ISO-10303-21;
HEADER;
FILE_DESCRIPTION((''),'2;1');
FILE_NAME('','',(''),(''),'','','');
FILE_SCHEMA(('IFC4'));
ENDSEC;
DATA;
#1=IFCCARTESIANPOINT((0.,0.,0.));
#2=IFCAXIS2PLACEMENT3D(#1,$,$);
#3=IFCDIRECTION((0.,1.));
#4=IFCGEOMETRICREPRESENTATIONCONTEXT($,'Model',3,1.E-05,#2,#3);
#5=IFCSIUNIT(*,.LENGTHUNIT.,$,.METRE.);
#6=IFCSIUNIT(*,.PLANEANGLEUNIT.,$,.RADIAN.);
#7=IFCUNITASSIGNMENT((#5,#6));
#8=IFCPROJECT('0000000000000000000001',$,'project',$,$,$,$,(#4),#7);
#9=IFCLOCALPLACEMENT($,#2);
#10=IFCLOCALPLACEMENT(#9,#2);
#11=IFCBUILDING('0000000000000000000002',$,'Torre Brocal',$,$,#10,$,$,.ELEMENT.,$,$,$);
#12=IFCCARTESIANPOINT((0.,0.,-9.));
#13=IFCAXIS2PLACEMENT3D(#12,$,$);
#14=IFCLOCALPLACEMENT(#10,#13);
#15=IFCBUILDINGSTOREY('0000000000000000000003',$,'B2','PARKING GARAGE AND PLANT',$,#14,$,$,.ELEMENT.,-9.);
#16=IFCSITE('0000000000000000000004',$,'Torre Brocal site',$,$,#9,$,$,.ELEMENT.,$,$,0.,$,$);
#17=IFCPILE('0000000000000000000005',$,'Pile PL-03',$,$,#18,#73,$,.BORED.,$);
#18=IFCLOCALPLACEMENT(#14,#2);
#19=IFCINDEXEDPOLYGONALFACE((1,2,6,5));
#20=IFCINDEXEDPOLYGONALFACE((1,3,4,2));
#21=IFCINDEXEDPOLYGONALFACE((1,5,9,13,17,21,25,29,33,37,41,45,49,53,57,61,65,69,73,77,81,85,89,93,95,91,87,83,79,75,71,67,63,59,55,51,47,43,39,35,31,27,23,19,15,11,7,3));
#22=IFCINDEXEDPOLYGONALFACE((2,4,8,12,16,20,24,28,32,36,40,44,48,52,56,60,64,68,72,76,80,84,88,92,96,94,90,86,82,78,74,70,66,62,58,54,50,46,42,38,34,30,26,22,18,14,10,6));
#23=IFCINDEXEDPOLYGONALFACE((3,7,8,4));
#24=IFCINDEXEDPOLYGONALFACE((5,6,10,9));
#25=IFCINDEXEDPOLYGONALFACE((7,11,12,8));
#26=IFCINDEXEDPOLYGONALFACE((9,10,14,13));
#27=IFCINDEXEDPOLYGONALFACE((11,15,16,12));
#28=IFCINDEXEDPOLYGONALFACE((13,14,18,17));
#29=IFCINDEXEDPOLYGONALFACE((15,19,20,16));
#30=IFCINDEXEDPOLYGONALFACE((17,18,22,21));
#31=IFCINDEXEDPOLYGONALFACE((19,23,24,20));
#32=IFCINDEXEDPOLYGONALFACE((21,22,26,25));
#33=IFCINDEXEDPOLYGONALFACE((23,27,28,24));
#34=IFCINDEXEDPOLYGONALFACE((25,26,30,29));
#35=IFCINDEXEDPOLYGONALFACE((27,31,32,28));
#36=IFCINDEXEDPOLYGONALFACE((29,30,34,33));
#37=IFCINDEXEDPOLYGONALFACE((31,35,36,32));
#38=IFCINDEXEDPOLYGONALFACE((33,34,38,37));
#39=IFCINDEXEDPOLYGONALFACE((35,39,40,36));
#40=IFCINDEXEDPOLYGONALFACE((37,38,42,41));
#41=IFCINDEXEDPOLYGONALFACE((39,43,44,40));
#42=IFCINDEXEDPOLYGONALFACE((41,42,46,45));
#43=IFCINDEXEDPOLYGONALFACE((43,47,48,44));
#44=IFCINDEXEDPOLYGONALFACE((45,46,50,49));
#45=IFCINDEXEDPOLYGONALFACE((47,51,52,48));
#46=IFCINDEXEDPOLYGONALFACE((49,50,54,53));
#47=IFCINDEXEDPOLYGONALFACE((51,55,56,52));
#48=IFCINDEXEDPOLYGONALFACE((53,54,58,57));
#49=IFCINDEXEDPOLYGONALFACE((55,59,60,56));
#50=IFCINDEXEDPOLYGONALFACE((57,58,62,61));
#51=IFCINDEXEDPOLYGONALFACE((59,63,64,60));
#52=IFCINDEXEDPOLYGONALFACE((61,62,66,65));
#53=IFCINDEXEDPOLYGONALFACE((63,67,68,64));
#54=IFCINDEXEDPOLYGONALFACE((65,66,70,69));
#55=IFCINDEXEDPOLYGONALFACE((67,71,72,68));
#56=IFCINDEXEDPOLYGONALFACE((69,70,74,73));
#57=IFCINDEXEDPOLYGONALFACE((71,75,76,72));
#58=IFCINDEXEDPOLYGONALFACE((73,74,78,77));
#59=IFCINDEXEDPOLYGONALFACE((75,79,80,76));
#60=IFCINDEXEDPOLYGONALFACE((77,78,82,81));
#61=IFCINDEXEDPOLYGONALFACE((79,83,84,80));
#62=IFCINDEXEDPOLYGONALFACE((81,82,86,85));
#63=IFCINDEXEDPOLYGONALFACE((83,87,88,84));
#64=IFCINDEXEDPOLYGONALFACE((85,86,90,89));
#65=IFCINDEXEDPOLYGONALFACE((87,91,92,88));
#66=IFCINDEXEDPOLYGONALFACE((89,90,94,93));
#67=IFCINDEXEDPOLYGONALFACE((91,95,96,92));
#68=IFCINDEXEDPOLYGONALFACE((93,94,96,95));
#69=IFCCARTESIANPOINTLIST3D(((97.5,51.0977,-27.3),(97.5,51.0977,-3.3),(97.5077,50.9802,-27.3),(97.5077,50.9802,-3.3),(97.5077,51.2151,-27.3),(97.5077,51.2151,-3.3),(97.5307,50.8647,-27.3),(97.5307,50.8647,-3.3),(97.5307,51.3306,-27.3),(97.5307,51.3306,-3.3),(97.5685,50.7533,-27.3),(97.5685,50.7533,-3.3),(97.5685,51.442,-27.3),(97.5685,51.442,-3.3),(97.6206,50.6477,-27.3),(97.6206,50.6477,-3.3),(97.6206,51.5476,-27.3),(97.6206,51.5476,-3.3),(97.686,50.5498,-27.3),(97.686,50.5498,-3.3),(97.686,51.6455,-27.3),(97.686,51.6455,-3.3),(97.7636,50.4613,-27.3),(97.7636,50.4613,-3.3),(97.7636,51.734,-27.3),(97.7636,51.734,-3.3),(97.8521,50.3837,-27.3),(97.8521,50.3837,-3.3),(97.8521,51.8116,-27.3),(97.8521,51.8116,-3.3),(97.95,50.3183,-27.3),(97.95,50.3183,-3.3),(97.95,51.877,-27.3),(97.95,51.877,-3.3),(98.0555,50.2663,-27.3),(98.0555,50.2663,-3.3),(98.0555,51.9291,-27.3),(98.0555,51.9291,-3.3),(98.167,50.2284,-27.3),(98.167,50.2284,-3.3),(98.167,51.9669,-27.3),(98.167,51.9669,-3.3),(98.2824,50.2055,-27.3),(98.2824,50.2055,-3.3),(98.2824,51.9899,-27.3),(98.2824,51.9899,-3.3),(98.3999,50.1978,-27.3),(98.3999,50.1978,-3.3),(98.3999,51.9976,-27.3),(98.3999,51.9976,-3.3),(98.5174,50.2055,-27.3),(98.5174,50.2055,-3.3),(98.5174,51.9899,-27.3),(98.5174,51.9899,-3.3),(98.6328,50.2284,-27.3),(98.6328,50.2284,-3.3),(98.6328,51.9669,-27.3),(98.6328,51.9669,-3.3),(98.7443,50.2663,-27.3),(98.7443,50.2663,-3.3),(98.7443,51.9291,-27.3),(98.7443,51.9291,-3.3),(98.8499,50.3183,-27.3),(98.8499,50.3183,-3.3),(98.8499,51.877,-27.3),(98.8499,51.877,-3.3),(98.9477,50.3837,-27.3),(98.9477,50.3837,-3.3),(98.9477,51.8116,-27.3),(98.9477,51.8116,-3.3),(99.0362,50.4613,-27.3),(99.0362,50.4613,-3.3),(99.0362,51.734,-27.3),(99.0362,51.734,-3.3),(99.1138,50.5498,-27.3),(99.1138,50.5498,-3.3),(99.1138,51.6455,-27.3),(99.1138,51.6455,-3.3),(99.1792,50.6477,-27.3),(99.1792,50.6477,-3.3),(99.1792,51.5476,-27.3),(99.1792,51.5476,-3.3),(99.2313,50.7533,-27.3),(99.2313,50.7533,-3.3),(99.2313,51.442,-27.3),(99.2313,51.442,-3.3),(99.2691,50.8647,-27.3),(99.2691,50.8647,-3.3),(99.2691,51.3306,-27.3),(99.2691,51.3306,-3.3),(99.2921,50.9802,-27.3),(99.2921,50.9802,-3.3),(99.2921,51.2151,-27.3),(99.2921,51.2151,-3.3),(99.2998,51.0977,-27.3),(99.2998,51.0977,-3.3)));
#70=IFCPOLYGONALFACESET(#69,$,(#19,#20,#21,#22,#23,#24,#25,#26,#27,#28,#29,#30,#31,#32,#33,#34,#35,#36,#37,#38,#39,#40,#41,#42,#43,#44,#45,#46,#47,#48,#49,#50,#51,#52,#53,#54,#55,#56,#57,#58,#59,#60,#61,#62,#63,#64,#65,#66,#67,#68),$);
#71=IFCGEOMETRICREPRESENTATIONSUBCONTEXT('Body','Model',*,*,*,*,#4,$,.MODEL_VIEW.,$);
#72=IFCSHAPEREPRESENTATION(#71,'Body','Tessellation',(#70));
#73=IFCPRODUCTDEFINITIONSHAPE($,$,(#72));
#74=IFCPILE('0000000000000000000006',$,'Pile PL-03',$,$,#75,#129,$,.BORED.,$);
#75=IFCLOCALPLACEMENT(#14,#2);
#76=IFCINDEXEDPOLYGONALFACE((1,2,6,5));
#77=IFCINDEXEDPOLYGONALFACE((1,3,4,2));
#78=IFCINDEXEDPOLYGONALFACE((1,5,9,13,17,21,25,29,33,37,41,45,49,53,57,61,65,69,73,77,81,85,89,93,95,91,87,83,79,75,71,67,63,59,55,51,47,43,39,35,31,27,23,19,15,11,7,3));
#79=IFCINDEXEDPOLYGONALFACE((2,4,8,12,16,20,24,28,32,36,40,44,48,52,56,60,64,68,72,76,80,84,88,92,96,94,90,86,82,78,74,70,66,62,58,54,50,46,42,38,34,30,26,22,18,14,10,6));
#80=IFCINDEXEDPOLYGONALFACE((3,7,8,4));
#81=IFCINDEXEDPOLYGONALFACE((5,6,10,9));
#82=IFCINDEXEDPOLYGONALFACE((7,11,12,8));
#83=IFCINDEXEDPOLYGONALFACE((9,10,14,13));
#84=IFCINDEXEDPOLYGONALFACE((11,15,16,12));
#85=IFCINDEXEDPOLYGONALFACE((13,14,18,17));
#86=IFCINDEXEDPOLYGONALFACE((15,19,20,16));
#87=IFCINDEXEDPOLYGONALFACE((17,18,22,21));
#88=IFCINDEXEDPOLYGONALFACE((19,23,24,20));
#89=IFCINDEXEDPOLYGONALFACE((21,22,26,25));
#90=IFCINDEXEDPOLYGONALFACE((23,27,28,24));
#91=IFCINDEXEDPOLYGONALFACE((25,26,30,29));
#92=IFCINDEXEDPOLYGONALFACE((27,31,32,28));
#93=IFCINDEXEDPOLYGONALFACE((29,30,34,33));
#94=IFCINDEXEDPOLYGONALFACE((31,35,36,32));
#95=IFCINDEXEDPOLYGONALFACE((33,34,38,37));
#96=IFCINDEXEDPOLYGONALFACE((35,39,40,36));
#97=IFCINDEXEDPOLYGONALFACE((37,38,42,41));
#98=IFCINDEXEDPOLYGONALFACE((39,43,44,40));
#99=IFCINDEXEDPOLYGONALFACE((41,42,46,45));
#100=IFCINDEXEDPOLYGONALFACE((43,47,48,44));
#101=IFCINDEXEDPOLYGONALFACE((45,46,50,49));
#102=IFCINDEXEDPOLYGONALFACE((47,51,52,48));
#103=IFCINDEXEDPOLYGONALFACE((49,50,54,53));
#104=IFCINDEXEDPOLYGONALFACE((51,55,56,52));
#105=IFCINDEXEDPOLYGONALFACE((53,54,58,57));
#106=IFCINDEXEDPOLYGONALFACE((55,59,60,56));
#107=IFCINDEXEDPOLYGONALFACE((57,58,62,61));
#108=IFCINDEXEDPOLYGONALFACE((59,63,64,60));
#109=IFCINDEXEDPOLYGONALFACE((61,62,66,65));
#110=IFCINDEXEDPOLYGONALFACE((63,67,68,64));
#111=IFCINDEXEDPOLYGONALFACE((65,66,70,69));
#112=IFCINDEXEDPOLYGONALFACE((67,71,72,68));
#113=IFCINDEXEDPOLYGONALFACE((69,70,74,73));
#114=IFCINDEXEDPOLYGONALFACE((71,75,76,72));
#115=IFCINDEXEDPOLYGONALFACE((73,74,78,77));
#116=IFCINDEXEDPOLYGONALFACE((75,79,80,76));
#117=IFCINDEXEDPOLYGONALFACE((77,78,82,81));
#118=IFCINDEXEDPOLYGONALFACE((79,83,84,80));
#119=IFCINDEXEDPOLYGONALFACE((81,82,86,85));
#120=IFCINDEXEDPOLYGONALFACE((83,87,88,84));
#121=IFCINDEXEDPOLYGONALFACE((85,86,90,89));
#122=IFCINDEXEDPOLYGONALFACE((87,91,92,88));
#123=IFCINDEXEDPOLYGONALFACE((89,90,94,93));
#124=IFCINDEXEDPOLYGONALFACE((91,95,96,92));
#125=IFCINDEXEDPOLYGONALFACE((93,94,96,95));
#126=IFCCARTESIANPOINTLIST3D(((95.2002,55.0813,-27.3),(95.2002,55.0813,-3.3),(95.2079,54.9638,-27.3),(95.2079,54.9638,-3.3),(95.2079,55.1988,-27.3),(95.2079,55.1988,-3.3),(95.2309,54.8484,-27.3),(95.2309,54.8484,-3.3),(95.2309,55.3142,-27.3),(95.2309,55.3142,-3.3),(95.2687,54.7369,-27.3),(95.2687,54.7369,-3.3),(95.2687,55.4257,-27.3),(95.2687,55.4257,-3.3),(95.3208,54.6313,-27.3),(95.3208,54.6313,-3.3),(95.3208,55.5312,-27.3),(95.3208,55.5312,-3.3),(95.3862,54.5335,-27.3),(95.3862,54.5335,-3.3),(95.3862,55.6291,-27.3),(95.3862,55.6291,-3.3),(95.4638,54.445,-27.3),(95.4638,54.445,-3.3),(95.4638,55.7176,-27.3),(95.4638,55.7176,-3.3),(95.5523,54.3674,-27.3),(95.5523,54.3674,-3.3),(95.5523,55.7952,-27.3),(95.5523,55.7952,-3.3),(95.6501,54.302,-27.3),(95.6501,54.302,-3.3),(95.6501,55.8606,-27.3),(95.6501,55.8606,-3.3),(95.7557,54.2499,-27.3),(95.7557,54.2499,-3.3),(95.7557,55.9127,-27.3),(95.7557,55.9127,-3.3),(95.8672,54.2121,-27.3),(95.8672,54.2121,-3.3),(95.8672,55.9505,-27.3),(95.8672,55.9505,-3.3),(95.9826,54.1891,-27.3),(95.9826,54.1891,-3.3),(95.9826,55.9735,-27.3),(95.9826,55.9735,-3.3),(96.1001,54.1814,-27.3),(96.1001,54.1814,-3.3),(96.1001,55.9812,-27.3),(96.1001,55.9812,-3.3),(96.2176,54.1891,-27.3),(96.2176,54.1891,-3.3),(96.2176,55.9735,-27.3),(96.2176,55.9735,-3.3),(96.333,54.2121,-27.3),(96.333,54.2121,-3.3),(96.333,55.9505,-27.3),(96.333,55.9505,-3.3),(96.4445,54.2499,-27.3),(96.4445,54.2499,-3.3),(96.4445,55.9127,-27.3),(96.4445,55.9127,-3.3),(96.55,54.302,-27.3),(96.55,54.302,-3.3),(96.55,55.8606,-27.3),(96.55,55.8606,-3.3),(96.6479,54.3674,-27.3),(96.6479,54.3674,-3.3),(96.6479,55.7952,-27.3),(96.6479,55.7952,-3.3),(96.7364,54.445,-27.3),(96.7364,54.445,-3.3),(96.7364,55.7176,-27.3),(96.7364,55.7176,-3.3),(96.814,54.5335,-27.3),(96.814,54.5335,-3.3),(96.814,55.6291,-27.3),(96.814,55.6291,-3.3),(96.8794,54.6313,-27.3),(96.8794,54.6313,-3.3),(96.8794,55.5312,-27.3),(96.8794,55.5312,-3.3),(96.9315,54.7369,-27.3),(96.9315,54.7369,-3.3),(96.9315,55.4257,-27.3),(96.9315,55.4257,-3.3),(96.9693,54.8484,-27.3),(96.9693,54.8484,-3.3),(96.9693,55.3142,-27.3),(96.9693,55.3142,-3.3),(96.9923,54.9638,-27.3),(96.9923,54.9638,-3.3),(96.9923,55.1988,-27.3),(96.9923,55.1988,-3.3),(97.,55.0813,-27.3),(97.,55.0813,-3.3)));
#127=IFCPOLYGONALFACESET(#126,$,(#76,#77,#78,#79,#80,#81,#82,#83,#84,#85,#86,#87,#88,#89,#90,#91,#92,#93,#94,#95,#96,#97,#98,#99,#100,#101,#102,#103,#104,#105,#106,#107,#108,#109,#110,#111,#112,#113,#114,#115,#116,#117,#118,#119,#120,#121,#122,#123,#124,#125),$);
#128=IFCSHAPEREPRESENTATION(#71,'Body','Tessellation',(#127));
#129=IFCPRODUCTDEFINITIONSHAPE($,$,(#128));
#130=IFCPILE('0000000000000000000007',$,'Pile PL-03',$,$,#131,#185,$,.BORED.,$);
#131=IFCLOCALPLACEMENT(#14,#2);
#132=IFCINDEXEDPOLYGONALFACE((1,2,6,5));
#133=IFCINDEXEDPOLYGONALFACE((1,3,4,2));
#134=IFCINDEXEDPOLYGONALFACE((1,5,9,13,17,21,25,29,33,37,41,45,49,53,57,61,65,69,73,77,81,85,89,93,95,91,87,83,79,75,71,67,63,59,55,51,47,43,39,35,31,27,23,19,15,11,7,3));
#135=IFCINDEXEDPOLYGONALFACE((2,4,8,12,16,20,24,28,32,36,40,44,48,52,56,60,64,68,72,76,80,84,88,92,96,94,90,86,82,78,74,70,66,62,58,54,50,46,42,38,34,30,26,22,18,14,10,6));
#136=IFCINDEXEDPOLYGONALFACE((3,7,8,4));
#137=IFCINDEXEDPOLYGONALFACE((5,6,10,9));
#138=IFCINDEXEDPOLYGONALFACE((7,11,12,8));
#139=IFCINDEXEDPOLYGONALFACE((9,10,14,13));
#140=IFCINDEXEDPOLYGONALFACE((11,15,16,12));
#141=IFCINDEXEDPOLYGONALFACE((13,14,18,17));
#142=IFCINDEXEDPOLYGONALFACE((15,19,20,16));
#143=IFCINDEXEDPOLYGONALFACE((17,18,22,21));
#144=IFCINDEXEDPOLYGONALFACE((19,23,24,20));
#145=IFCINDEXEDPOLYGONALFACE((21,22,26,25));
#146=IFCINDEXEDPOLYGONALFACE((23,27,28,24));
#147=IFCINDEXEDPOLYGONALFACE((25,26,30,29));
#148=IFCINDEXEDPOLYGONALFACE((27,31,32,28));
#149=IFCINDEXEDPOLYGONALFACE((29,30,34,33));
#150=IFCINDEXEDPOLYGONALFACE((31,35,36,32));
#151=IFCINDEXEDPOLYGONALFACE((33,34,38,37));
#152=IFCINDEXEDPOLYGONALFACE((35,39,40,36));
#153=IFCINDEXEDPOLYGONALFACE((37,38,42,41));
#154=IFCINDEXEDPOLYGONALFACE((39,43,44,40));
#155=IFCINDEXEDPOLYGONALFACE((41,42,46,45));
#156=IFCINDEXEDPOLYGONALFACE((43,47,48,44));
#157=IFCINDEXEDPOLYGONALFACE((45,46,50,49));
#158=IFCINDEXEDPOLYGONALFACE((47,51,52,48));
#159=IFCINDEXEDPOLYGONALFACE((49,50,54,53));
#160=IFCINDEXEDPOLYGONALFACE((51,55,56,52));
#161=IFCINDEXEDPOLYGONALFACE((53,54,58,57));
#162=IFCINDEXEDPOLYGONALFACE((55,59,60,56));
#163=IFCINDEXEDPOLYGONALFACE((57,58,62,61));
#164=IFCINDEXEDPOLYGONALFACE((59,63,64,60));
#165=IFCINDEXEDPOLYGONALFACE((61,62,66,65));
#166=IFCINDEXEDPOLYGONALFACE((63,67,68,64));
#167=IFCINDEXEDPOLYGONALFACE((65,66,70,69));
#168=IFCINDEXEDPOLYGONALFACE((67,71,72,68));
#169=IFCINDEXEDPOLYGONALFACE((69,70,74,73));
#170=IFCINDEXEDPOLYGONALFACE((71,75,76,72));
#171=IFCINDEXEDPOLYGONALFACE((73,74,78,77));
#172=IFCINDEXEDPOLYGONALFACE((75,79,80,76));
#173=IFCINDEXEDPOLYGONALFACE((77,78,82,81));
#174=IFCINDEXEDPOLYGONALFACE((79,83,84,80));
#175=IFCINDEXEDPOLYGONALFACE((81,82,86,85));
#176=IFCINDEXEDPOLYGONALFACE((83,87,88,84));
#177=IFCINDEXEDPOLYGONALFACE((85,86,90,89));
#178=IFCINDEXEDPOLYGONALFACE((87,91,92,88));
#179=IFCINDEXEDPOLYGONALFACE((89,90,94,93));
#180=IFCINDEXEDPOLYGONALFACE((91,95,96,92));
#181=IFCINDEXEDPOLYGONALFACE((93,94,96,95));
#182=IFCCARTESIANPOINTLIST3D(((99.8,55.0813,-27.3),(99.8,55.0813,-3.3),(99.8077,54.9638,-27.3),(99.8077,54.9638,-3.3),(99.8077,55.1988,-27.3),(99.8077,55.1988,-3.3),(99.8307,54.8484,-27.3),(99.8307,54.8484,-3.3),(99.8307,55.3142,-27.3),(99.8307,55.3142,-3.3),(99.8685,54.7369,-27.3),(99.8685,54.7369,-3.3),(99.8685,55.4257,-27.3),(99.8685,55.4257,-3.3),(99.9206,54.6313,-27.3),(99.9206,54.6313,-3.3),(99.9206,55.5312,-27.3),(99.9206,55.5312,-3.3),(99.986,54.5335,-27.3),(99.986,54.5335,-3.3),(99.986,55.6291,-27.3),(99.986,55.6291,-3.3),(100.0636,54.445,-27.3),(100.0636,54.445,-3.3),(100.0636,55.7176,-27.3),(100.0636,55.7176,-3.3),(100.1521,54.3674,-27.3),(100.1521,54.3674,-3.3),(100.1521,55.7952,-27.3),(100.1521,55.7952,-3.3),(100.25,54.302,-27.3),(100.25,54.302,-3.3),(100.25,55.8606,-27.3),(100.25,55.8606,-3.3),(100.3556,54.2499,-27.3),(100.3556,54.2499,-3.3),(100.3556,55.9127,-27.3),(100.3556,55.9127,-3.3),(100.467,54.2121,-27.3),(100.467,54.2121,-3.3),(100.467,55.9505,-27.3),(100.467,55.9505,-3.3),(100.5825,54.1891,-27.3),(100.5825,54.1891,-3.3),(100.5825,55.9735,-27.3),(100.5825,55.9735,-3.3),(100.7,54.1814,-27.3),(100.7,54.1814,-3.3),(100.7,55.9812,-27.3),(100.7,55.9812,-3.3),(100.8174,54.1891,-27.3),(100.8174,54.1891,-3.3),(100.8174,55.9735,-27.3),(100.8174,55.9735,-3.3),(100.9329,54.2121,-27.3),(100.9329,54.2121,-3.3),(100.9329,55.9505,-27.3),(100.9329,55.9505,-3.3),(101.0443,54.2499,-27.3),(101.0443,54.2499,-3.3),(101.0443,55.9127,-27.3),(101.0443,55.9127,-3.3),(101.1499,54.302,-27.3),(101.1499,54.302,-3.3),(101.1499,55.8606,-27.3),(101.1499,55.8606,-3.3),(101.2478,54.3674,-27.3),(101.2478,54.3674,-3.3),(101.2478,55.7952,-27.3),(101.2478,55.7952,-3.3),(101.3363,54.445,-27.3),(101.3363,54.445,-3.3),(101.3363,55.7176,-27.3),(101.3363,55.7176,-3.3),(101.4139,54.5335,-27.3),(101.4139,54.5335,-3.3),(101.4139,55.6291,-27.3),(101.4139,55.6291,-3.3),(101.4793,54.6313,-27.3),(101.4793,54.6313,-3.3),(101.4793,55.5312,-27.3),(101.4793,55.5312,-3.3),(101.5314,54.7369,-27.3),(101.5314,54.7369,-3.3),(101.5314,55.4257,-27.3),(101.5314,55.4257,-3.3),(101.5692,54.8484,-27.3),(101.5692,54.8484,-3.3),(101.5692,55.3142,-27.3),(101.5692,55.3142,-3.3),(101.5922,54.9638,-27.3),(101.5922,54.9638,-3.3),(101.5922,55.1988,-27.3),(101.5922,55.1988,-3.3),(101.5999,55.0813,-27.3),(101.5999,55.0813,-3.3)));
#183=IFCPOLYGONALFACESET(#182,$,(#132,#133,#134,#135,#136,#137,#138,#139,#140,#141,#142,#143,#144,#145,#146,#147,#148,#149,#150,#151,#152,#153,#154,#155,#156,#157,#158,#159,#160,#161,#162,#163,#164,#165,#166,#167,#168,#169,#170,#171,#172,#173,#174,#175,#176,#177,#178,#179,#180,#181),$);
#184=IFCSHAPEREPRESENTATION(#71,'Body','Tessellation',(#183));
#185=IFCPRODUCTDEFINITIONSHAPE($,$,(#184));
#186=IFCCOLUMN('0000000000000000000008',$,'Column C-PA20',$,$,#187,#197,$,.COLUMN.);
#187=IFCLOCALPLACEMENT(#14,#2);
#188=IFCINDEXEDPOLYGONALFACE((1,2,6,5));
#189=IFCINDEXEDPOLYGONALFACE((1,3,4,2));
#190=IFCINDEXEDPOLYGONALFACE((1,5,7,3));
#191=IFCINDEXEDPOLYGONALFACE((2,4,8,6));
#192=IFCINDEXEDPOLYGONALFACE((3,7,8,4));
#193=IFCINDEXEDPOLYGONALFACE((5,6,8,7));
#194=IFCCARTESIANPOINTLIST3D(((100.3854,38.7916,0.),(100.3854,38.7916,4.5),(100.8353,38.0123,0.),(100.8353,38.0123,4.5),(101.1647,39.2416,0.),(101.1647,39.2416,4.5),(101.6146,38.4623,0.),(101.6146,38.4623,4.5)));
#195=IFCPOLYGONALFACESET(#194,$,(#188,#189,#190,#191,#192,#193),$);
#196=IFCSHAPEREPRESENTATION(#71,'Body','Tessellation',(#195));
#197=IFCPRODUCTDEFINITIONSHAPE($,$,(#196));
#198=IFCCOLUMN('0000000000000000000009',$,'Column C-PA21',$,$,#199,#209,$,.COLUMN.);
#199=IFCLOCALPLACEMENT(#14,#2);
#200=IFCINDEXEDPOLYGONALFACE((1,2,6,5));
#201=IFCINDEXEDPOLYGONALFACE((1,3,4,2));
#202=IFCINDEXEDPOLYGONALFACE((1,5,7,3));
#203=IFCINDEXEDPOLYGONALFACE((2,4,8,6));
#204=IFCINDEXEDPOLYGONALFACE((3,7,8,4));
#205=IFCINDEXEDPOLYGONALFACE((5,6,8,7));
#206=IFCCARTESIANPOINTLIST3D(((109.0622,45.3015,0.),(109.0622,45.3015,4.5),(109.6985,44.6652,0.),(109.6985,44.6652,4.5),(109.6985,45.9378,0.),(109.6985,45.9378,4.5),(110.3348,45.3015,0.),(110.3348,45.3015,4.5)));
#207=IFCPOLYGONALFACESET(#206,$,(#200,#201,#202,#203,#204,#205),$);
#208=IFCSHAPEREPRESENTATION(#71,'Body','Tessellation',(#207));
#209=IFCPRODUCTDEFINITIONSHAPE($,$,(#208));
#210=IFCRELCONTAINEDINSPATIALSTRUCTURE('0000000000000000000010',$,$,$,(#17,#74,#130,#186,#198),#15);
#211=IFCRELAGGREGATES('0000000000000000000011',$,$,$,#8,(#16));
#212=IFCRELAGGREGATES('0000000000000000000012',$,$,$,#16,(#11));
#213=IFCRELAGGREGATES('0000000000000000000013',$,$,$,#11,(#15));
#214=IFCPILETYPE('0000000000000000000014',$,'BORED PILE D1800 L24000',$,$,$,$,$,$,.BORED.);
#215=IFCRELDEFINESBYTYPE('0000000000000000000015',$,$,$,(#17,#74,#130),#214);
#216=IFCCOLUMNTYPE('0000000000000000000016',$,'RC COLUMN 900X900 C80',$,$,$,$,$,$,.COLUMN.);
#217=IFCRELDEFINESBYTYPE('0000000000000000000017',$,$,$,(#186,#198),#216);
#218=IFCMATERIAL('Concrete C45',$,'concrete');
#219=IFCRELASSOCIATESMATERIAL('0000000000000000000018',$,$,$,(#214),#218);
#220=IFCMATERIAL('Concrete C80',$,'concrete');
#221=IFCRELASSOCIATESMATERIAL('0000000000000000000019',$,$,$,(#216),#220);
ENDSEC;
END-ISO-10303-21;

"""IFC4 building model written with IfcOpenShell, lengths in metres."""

from ifc_helpers import new_model, si_unit, direction, frame, origin, origin_2d, place, context, subcontext, project, spatial, rectangle, circle, extrude, material, material_profile, profile_set, type_object, element, save


model = new_model("IFC4")

# Units and contexts
model_context = context("Model", 3, precision=1e-05, world=origin(), true_north=direction((0.0, 1.0)))
body_context = subcontext(model_context, "Body", "Model", "MODEL_VIEW")
ifc_project = project(units=[si_unit("LENGTHUNIT", "METRE"), si_unit("PLANEANGLEUNIT", "RADIAN")], contexts=[model_context])

# Site, building, storey
site_placement = place(None, origin())
site = spatial("IfcSite", under=ifc_project, at=site_placement, Name="Torre Brocal site", CompositionType="ELEMENT", RefElevation=0.0)
building_placement = place(site_placement, origin())
building = spatial("IfcBuilding", under=site, at=building_placement, Name="Torre Brocal", CompositionType="ELEMENT")
storey_placement = place(building_placement, frame((0.0, 0.0, -9.0)))
storey = spatial("IfcBuildingStorey", under=building, at=storey_placement, Name="B2", Description="PARKING GARAGE AND PLANT", CompositionType="ELEMENT", Elevation=-9.0)

# Piles
ifc_material_1 = material(Name="Concrete C45", Category="concrete")
ifc_material_profile_1 = material_profile(ifc_material_1, circle(Radius=0.8999, at=origin_2d()), Name="BORED PILE D1800")
ifc_profile_set_1 = profile_set([ifc_material_profile_1], Name="Concrete C45")
pile_type_1 = type_object("IfcPileType", Name="BORED PILE D1800 L24000", PredefinedType="BORED", material=ifc_profile_set_1)
for number, where, z_axis, x_axis, name in (
    (1, (98.3999, 51.0977, -3.3), (0.0, 0.0, -1.0), (1.0, 0.0, 0.0), "Pile PL-03"),
    (2, (96.1001, 55.0813, -3.3), (0.0, 0.0, -1.0), (1.0, 0.0, 0.0), "Pile PL-03"),
    (3, (100.7, 55.0813, -3.3), (0.0, 0.0, -1.0), (1.0, 0.0, 0.0), "Pile PL-03"),
):
    element("IfcPile", number, at=place(storey_placement, frame(where, z_axis=z_axis, x_axis=x_axis)), inside=storey, type_object=pile_type_1, Name=name, PredefinedType="BORED", context=body_context, shape_type="SweptSolid", body=[
        extrude(circle(Radius=0.8999, at=origin_2d()), origin(), (0.0, 0.0, 1.0), 24.0),
    ])

# Columns
ifc_material_2 = material(Name="Concrete C80", Category="concrete")
ifc_material_profile_2 = material_profile(ifc_material_2, rectangle(XDim=0.8999, YDim=0.8999, at=origin_2d()), Name="RC 900X900")
ifc_profile_set_2 = profile_set([ifc_material_profile_2], Name="Concrete C80")
column_type = type_object("IfcColumnType", Name="RC COLUMN 900X900 C80", PredefinedType="COLUMN", material=ifc_profile_set_2)
for number, where, z_axis, x_axis, name in (
    (4, (101.0, 38.627, 0.0), (0.0, 0.0, 1.0), (0.5, -0.866025, 0.0), "Column C-PA20"),
    (5, (109.6985, 45.3015, 0.0), (0.0, 0.0, 1.0), (0.707107, -0.707107, 0.0), "Column C-PA21"),
):
    element("IfcColumn", number, at=place(storey_placement, frame(where, z_axis=z_axis, x_axis=x_axis)), inside=storey, type_object=column_type, Name=name, PredefinedType="COLUMN", context=body_context, shape_type="SweptSolid", body=[
        extrude(rectangle(XDim=0.8999, YDim=0.8999, at=origin_2d()), origin(), (0.0, 0.0, 1.0), 4.5),
    ])

save(model, "model.ifc")
